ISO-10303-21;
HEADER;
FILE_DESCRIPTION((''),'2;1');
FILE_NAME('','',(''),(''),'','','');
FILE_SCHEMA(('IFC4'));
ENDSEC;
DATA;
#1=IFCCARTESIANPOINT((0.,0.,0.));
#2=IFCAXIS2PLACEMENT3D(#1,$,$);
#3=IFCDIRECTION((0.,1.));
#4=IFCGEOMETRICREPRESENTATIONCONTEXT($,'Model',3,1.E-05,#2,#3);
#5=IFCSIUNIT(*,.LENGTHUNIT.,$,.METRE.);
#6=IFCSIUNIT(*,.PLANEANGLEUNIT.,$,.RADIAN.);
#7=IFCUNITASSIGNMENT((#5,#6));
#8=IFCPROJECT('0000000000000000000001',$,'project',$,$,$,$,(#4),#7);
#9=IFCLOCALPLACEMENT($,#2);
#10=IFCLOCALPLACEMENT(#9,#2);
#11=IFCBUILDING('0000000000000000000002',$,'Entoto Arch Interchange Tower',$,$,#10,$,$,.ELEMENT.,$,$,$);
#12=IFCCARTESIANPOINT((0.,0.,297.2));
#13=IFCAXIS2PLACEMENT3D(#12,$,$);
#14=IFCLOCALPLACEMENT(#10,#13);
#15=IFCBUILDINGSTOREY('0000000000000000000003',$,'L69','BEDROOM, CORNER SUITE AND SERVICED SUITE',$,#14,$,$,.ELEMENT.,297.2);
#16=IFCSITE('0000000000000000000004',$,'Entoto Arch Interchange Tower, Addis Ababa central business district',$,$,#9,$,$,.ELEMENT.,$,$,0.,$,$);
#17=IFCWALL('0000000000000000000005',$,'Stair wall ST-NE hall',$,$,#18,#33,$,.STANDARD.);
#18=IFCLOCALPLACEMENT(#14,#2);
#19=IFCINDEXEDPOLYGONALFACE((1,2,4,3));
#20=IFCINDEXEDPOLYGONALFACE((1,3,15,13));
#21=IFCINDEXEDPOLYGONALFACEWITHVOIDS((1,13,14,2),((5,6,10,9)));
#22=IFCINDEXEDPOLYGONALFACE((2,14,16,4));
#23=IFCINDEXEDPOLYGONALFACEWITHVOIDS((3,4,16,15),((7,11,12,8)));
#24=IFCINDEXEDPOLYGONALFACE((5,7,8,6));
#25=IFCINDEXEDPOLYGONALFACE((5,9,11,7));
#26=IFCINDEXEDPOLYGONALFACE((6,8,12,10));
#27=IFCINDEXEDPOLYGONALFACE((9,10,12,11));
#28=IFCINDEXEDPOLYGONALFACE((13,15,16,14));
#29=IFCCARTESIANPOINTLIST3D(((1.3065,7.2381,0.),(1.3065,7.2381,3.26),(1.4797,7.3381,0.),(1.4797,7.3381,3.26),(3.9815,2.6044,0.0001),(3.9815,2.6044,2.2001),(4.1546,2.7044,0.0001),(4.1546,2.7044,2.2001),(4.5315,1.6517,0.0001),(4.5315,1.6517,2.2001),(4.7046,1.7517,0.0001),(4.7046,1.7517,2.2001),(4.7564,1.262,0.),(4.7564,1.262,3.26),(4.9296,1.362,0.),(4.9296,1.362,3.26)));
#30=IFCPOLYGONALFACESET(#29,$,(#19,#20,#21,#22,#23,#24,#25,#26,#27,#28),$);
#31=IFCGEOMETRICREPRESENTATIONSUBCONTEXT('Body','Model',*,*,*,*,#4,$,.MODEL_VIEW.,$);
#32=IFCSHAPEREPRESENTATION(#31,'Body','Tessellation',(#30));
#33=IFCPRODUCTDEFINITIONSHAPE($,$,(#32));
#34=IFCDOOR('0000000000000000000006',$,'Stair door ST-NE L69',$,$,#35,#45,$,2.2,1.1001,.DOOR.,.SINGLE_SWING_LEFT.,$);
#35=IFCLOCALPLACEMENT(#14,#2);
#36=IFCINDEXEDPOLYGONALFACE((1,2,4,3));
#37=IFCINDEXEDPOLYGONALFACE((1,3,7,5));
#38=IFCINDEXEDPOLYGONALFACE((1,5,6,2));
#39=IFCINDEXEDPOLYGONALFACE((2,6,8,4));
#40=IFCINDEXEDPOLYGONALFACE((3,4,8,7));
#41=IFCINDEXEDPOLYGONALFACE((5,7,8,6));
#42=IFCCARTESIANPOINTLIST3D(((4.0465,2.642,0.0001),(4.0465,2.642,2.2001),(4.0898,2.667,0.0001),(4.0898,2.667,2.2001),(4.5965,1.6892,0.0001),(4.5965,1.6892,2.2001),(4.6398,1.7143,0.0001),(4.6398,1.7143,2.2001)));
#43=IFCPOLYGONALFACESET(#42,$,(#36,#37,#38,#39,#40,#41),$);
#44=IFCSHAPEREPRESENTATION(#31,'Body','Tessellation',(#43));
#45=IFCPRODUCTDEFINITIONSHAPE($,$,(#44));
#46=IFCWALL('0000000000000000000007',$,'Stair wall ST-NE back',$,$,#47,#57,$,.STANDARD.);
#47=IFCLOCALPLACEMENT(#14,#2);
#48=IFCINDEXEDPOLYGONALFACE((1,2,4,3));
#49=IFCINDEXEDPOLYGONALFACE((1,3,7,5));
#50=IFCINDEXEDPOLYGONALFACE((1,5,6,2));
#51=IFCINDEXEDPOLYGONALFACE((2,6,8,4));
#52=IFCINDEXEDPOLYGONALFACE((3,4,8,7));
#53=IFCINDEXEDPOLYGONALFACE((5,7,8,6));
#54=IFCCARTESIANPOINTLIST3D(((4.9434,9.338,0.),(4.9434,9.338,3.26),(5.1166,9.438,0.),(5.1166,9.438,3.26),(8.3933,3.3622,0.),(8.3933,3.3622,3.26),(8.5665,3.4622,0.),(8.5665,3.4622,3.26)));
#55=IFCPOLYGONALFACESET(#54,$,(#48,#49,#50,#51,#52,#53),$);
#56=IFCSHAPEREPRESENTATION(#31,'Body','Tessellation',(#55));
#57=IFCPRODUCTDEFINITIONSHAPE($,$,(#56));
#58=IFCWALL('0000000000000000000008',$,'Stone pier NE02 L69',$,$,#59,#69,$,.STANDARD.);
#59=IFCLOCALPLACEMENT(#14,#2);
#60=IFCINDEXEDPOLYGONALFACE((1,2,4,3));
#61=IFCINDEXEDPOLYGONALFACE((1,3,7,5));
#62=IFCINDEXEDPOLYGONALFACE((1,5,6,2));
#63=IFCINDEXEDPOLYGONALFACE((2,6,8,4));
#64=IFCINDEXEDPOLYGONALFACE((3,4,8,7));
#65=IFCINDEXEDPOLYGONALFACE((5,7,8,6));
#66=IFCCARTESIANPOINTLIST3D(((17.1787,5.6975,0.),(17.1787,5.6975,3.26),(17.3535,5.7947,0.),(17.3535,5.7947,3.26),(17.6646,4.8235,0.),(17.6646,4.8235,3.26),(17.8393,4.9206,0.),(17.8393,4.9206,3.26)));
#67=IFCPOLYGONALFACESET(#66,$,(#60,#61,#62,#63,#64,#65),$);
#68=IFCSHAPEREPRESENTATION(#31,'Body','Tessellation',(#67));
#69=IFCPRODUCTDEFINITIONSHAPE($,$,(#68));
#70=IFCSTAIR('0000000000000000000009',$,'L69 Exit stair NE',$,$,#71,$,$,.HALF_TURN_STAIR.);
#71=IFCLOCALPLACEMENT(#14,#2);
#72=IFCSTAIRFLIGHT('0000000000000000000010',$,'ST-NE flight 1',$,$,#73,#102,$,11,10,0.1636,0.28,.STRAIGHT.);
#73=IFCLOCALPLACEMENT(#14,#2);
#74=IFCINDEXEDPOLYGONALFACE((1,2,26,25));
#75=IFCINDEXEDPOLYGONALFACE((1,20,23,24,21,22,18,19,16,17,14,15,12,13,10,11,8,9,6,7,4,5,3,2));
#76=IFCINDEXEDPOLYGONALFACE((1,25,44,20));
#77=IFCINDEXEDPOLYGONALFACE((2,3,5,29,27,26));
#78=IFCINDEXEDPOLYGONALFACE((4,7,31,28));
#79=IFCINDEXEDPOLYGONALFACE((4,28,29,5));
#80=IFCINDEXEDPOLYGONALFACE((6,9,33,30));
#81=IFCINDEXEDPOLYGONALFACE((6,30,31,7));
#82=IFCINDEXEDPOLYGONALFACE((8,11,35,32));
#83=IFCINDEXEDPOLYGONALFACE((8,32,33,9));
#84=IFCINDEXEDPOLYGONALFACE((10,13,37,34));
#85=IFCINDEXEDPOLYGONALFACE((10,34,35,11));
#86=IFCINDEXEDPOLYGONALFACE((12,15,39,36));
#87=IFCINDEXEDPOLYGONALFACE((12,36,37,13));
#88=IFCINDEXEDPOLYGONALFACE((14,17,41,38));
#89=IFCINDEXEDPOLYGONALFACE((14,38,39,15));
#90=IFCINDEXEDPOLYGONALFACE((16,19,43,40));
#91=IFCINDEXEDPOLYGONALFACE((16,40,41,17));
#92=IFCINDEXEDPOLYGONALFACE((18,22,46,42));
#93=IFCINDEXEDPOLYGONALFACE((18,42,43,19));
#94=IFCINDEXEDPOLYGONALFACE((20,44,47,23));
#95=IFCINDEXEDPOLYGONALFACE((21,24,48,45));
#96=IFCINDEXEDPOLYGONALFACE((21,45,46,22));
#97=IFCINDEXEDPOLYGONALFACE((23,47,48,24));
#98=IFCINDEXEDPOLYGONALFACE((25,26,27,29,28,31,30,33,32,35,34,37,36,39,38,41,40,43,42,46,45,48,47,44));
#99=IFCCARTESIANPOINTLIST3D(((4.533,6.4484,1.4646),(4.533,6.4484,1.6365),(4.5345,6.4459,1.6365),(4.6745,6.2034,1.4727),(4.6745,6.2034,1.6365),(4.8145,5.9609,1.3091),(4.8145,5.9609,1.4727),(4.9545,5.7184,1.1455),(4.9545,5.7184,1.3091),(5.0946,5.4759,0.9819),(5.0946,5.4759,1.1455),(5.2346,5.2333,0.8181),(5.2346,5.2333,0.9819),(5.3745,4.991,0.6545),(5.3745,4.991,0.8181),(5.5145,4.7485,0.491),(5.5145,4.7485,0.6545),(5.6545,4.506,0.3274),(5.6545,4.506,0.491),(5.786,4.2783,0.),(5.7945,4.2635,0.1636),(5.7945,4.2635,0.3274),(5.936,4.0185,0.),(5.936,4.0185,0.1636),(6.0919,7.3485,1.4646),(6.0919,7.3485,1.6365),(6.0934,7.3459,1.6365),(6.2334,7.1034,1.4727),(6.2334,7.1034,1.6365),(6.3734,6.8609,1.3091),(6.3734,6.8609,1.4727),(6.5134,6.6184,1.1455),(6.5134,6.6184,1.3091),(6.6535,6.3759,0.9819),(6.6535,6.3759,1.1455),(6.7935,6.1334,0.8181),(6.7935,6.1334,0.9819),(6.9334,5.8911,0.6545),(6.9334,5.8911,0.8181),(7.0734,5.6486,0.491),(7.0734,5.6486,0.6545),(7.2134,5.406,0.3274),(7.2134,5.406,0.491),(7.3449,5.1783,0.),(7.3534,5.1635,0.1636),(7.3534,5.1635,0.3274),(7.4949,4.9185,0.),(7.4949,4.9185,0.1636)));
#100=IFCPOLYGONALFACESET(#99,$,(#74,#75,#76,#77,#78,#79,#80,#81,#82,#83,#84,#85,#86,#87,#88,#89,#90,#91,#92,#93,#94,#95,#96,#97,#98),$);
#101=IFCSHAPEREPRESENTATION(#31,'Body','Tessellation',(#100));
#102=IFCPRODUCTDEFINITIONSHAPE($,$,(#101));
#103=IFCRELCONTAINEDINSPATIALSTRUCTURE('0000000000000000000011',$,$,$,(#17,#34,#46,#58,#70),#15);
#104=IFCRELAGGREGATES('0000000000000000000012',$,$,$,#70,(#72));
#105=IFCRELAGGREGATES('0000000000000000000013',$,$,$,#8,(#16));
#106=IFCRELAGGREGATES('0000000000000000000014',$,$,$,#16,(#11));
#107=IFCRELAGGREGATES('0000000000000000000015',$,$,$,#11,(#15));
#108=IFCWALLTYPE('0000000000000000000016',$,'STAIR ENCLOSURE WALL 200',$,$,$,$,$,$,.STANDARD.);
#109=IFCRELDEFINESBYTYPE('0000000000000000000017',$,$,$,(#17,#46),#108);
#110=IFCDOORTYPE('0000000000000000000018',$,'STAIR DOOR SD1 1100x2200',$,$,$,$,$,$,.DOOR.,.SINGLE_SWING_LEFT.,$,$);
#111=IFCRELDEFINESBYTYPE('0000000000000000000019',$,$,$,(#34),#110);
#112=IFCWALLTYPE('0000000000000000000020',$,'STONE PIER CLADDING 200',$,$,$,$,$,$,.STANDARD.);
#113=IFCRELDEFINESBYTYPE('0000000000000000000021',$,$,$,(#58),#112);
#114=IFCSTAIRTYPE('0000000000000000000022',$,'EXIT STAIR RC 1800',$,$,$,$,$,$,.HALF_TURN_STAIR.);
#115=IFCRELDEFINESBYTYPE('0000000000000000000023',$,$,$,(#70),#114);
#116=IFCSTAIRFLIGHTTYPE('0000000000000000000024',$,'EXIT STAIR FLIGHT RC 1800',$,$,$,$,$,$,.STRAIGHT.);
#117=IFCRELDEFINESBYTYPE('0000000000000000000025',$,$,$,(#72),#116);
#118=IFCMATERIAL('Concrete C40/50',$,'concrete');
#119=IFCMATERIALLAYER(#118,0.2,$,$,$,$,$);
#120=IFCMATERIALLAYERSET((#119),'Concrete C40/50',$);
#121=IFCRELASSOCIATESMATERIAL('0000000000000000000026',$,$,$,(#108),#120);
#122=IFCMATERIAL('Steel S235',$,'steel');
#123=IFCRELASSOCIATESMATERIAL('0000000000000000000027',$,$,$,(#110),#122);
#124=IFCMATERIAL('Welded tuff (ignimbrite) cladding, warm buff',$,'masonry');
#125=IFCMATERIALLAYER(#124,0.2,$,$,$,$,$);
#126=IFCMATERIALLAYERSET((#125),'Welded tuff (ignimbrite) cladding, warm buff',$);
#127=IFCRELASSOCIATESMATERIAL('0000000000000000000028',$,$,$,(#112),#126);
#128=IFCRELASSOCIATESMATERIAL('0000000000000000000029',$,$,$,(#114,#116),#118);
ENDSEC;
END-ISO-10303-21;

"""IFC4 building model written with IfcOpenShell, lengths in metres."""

from ifc_helpers import new_model, si_unit, direction, frame, frame_2d, origin, place, context, subcontext, project, spatial, polyline, rectangle, outline, extrude, material, layer, layer_set, type_object, element, fill, aggregate, save


model = new_model("IFC4")

# Units and contexts
model_context = context("Model", 3, precision=1e-05, world=origin(), true_north=direction((0.0, 1.0)))
body_context = subcontext(model_context, "Body", "Model", "MODEL_VIEW")
ifc_project = project(units=[si_unit("LENGTHUNIT", "METRE"), si_unit("PLANEANGLEUNIT", "RADIAN")], contexts=[model_context])

# Site, building, storey
site_placement = place(None, origin())
site = spatial("IfcSite", under=ifc_project, at=site_placement, Name="Entoto Arch Interchange Tower, Addis Ababa central business district", CompositionType="ELEMENT", RefElevation=0.0)
building_placement = place(site_placement, origin())
building = spatial("IfcBuilding", under=site, at=building_placement, Name="Entoto Arch Interchange Tower", CompositionType="ELEMENT")
storey_placement = place(building_placement, frame((0.0, 0.0, 297.2)))
storey = spatial("IfcBuildingStorey", under=building, at=storey_placement, Name="L69", Description="BEDROOM, CORNER SUITE AND SERVICED SUITE", CompositionType="ELEMENT", Elevation=297.2)

# Shared definitions
ifc_material_1 = material(Name="Concrete C40/50", Category="concrete")

# Wall, opening, door
ifc_layer_1 = layer(ifc_material_1, 0.2)
ifc_layer_set_1 = layer_set([ifc_layer_1], Name="Concrete C40/50")
wall_type_1 = type_object("IfcWallType", Name="STAIR ENCLOSURE WALL 200", PredefinedType="STANDARD", material=ifc_layer_set_1)
wall_1_placement = place(storey_placement, frame((4.843, 1.312, 0.0), z_axis=(0.0, 0.0, 1.0), x_axis=(-0.499963, 0.866047, 0.0)))
wall_1 = element("IfcWall", 1, at=wall_1_placement, inside=storey, type_object=wall_type_1, Name="Stair wall ST-NE hall", PredefinedType="STANDARD", context=body_context, shape_type="SweptSolid", body=[
    extrude(rectangle(XDim=6.9004, YDim=0.2, at=frame_2d((3.4502, 0.0))), origin(), (0.0, 0.0, 1.0), 3.26),
])
opening_1_placement = place(wall_1_placement, frame((0.45, 0.0, 0.0)))
opening_1 = element("IfcOpeningElement", 2, at=opening_1_placement, cuts=wall_1, PredefinedType="OPENING", context=body_context, shape_type="SweptSolid", body=[
    extrude(rectangle(XDim=1.1001, YDim=2.2, at=frame_2d((0.55, 1.1001))), frame((0.0, 0.1099, 0.0), z_axis=(0.0, -1.0, 0.0), x_axis=(1.0, 0.0, 0.0)), (0.0, 0.0, 1.0), 0.22),
])
ifc_material_2 = material(Name="Steel S235", Category="steel")
door_type_1 = type_object("IfcDoorType", Name="STAIR DOOR SD1 1100x2200", OperationType="SINGLE_SWING_LEFT", PredefinedType="DOOR", material=ifc_material_2)
door_1_placement = place(opening_1_placement, origin())
door_1 = element("IfcDoor", 3, at=door_1_placement, inside=storey, type_object=door_type_1, Name="Stair door ST-NE L69", OperationType="SINGLE_SWING_LEFT", OverallHeight=2.2, OverallWidth=1.1001, PredefinedType="DOOR", context=body_context, shape_type="SweptSolid", body=[
    extrude(rectangle(XDim=1.1001, YDim=2.2, at=frame_2d((0.55, 1.1001))), frame((0.0, 0.0249, 0.0), z_axis=(0.0, -1.0, 0.0), x_axis=(1.0, 0.0, 0.0)), (0.0, 0.0, 1.0), 0.05),
])
fill(opening_1, door_1)

# Wall
wall_2_placement = place(storey_placement, frame((8.48, 3.4121, 0.0), z_axis=(0.0, 0.0, 1.0), x_axis=(-0.499979, 0.866038, 0.0)))
element("IfcWall", 4, at=wall_2_placement, inside=storey, type_object=wall_type_1, Name="Stair wall ST-NE back", PredefinedType="STANDARD", context=body_context, shape_type="SweptSolid", body=[
    extrude(rectangle(XDim=6.9001, YDim=0.2, at=frame_2d((3.4502, 0.0))), origin(), (0.0, 0.0, 1.0), 3.26),
])

# Shared definitions
ifc_material_3 = material(Name="Welded tuff (ignimbrite) cladding, warm buff", Category="masonry")

# Wall
ifc_layer_2 = layer(ifc_material_3, 0.2)
ifc_layer_set_2 = layer_set([ifc_layer_2], Name="Welded tuff (ignimbrite) cladding, warm buff")
wall_type_2 = type_object("IfcWallType", Name="STONE PIER CLADDING 200", PredefinedType="STANDARD", material=ifc_layer_set_2)
wall_3_placement = place(storey_placement, frame((17.752, 4.8721, 0.0), z_axis=(0.0, 0.0, 1.0), x_axis=(-0.48585, 0.874042, 0.0)))
element("IfcWall", 5, at=wall_3_placement, inside=storey, type_object=wall_type_2, Name="Stone pier NE02 L69", PredefinedType="STANDARD", context=body_context, shape_type="SweptSolid", body=[
    extrude(rectangle(XDim=1.0, YDim=0.2, at=frame_2d((0.5, 0.0))), origin(), (0.0, 0.0, 1.0), 3.26),
])

# Stair, stair flight
stair_type = type_object("IfcStairType", Name="EXIT STAIR RC 1800", PredefinedType="HALF_TURN_STAIR", material=ifc_material_1)
stair_placement = place(storey_placement, origin())
stair = element("IfcStair", 6, at=stair_placement, inside=storey, type_object=stair_type, Name="L69 Exit stair NE", PredefinedType="HALF_TURN_STAIR")
stair_flight_type = type_object("IfcStairFlightType", Name="EXIT STAIR FLIGHT RC 1800", PredefinedType="STRAIGHT", material=ifc_material_1)
stair_flight_placement = place(storey_placement, frame((6.7139, 4.4709, 0.0), z_axis=(0.0, 0.0, 1.0), x_axis=(-0.5, 0.866025, 0.0)))
stair_flight = element("IfcStairFlight", 7, at=stair_flight_placement, type_object=stair_flight_type, Name="ST-NE flight 1", NumberOfRisers=11, NumberOfTreads=10, PredefinedType="STRAIGHT", RiserHeight=0.1636, TreadLength=0.28, context=body_context, shape_type="SweptSolid", body=[
    extrude(outline(polyline([(-0.0029, 0.0), (-0.0029, 0.1636), (0.28, 0.1636), (0.28, 0.3274), (0.5601, 0.3274), (0.5601, 0.491), (0.8401, 0.491), (0.8401, 0.6545), (1.1201, 0.6545), (1.1201, 0.8181), (1.3999, 0.8181), (1.3999, 0.9819), (1.6799, 0.9819), (1.6799, 1.1455), (1.96, 1.1455), (1.96, 1.3091), (2.24, 1.3091), (2.24, 1.4727), (2.52, 1.4727), (2.52, 1.6365), (2.8, 1.6365), (2.803, 1.6365), (2.803, 1.4646), (0.2971, 0.0), (-0.0029, 0.0)])), frame((0.0, 0.8999, 0.0), z_axis=(0.0, -1.0, 0.0), x_axis=(1.0, 0.0, 0.0)), (0.0, 0.0, 1.0), 1.8),
])
aggregate(stair, [stair_flight])

save(model, "model.ifc")
